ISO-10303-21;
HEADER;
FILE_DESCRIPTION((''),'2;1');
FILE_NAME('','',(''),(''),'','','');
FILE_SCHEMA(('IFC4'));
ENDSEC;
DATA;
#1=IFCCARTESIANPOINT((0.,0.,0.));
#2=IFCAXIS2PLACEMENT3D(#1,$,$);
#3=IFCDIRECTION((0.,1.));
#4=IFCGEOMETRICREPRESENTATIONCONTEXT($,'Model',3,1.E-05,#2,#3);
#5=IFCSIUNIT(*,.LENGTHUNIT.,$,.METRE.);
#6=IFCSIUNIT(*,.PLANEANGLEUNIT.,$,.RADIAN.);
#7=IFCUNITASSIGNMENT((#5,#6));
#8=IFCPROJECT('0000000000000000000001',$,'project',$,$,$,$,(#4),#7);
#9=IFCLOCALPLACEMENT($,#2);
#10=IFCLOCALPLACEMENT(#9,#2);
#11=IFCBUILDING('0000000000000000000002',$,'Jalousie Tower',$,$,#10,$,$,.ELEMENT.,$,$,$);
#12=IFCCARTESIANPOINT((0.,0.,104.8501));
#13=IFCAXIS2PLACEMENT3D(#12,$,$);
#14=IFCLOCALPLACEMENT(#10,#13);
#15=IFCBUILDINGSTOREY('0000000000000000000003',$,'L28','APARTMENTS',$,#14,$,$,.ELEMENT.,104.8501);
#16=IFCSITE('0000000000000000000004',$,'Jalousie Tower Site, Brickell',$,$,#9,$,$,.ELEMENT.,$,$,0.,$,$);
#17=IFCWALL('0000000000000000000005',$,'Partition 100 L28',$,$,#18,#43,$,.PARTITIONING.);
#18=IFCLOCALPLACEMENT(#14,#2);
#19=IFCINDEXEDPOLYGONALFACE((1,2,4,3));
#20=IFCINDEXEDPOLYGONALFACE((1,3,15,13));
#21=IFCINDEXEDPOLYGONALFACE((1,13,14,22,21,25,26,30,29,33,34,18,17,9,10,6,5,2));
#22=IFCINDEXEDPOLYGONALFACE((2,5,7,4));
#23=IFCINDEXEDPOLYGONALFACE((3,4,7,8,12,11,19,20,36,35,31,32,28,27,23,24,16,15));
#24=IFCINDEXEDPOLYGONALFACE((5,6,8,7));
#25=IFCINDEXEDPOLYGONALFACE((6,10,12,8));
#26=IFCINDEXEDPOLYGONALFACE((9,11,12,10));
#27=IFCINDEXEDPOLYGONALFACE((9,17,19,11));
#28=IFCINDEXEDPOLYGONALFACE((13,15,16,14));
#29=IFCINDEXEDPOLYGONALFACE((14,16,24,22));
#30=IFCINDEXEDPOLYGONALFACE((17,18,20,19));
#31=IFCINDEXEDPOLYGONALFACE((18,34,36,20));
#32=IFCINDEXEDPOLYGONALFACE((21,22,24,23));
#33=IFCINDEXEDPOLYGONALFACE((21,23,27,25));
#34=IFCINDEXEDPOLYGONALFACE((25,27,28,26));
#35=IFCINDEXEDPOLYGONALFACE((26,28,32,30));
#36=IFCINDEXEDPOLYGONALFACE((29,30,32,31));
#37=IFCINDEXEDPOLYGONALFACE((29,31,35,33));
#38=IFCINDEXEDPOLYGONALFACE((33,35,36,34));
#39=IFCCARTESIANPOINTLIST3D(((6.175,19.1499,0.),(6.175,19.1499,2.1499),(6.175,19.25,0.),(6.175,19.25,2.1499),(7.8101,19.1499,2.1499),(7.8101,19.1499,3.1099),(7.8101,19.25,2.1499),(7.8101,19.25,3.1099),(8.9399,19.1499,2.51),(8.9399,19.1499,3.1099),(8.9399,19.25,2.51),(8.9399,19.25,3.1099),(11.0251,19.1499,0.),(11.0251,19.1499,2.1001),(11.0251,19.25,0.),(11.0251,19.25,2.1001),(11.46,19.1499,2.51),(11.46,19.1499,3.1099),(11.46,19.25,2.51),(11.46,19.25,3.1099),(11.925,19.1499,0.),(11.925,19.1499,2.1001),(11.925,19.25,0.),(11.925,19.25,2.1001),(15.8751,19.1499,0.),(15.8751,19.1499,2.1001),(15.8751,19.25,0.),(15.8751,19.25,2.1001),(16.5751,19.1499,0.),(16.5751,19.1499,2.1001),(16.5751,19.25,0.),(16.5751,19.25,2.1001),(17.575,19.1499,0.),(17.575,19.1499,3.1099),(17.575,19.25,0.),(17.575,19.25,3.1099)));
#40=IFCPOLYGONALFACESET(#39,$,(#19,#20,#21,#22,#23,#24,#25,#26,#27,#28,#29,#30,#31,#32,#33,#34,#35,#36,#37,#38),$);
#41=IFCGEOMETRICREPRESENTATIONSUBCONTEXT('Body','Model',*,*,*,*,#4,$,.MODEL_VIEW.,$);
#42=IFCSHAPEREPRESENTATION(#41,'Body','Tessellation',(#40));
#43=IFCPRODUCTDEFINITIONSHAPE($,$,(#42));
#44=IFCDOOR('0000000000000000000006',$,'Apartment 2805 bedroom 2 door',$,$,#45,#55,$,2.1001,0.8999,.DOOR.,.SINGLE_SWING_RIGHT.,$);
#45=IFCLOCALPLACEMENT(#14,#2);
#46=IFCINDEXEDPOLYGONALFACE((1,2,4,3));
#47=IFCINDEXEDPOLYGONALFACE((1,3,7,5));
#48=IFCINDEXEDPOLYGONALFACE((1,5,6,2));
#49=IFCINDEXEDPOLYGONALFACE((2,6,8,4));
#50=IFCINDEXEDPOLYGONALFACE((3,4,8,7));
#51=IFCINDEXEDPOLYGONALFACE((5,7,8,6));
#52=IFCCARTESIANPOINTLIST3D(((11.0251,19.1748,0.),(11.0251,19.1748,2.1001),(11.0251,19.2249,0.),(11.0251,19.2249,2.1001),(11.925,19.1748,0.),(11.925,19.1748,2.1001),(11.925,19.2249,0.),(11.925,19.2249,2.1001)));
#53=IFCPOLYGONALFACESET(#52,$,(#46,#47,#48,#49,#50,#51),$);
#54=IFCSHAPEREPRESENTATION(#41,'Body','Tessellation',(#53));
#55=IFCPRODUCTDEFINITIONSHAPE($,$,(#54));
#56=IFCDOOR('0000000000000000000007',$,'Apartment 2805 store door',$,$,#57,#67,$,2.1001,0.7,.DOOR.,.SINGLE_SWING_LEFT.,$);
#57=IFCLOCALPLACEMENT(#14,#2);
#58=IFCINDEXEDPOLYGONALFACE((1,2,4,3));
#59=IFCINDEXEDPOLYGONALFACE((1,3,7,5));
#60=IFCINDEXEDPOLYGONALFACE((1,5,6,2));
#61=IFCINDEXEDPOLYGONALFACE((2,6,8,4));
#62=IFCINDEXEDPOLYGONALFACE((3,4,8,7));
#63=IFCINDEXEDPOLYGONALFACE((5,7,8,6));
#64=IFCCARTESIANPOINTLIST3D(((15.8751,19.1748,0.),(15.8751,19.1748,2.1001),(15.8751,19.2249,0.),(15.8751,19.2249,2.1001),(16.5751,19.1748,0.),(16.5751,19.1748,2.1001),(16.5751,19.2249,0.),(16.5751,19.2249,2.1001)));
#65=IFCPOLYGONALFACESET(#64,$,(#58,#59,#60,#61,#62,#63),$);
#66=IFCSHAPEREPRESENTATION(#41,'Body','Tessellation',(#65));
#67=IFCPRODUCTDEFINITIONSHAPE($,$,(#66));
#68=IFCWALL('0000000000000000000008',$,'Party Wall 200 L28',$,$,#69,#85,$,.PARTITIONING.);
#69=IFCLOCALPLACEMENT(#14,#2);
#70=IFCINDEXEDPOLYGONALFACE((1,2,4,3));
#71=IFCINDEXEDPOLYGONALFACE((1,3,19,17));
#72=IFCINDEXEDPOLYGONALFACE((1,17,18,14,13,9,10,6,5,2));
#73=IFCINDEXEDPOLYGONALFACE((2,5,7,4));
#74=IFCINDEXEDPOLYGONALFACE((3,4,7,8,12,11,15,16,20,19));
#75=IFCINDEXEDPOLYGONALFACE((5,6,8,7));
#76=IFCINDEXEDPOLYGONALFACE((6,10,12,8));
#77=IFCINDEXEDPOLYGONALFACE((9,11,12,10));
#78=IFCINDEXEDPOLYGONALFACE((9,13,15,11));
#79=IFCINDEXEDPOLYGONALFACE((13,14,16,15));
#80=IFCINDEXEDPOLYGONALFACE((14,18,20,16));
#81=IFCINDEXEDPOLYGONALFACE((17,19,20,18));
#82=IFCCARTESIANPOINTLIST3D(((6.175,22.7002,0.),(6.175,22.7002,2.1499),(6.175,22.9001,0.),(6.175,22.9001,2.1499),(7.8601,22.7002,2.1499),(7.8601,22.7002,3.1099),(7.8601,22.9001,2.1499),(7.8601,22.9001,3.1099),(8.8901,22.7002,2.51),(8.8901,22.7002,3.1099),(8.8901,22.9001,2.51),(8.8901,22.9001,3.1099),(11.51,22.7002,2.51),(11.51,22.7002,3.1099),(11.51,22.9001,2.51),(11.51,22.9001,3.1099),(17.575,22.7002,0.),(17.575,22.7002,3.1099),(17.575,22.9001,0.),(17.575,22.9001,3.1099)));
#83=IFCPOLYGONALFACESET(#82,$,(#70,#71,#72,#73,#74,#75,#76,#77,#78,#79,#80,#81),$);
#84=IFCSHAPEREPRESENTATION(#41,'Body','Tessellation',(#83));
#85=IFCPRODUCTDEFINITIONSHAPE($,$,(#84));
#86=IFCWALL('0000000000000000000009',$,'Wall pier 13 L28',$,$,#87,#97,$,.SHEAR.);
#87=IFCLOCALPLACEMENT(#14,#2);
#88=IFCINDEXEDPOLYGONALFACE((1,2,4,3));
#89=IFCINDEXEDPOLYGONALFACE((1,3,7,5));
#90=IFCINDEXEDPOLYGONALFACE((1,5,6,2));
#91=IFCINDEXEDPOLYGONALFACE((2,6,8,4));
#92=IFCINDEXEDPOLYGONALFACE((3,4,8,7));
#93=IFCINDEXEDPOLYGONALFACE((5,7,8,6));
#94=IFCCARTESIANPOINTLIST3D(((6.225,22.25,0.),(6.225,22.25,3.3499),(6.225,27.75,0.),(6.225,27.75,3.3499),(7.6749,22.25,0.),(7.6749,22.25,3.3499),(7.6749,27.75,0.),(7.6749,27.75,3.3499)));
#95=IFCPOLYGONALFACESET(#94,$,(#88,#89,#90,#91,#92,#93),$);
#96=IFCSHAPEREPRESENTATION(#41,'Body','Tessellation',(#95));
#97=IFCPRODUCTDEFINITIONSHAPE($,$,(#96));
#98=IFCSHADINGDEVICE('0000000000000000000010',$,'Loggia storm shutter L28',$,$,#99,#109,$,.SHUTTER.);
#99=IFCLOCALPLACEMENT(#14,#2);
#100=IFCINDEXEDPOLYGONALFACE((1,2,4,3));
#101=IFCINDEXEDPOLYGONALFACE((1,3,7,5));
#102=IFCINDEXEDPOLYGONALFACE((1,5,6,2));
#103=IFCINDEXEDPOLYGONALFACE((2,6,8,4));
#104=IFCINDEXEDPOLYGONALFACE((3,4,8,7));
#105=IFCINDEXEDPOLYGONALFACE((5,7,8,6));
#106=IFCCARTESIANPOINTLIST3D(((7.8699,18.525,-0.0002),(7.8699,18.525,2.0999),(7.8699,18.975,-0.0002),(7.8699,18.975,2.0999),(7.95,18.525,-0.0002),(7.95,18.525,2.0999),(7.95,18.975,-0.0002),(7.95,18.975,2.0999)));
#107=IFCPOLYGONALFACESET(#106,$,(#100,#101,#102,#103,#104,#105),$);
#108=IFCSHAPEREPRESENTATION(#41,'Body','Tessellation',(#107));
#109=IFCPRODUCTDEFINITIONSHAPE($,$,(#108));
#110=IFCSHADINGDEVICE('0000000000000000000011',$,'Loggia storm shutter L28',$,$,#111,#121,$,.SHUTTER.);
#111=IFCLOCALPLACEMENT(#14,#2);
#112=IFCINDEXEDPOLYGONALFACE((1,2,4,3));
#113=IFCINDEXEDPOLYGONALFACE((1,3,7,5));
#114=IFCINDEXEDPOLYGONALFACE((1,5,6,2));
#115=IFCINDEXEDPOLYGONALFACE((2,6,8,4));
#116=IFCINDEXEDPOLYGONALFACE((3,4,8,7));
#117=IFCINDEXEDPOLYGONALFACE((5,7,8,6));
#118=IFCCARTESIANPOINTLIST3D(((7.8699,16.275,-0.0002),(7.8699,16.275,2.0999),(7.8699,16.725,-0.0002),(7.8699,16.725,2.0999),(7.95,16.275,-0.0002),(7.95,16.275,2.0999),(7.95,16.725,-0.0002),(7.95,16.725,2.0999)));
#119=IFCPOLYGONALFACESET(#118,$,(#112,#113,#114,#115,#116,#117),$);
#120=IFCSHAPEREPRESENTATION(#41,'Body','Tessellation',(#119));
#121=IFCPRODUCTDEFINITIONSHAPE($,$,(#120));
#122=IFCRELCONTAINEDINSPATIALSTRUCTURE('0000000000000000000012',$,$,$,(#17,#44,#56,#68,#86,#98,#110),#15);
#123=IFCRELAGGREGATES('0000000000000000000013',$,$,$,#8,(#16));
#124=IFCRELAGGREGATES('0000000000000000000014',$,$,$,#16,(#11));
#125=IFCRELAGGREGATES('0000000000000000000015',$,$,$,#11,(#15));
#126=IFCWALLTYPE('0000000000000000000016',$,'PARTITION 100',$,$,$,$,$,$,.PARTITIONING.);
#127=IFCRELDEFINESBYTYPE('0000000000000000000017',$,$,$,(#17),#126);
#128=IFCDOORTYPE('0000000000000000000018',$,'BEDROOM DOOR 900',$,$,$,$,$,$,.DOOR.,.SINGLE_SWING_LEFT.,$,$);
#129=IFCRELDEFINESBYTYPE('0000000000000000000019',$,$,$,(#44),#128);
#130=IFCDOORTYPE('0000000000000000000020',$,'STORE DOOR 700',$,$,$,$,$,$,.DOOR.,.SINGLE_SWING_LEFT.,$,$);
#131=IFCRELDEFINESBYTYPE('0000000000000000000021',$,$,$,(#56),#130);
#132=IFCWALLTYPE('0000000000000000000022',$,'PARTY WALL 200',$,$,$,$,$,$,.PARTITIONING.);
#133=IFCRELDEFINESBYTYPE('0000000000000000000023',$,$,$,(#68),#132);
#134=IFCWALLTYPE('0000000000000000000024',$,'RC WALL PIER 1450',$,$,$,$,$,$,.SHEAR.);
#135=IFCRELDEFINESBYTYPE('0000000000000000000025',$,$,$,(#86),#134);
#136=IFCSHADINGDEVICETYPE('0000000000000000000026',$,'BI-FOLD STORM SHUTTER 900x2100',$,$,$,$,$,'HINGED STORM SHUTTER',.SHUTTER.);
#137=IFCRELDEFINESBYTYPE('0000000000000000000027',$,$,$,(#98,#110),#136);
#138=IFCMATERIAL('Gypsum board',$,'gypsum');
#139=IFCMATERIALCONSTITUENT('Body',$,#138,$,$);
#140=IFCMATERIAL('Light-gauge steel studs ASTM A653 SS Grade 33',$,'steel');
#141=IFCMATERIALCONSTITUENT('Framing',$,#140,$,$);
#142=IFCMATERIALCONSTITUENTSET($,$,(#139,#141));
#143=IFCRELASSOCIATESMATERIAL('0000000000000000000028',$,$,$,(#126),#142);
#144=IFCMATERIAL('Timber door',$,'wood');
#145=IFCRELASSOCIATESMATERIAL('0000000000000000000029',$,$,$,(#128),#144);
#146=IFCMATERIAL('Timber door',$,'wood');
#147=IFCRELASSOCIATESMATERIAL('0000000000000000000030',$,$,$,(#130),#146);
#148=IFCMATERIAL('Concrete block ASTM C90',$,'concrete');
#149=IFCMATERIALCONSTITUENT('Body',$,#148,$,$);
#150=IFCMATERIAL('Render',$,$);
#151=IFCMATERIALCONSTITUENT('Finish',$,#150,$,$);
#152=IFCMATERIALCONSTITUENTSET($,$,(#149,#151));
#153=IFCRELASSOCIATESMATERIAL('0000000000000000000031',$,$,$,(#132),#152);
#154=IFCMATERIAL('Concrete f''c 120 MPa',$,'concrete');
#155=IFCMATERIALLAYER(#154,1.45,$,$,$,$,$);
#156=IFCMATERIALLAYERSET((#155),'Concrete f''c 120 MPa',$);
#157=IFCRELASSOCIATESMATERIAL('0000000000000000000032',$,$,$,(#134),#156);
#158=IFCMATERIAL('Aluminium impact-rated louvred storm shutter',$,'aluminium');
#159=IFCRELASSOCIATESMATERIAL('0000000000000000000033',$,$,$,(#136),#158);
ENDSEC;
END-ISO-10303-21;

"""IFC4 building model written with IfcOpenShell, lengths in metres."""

from ifc_helpers import new_model, si_unit, direction, frame, frame_2d, origin, origin_2d, place, context, subcontext, project, spatial, polyline, rectangle, outline, extrude, material, layer, layer_set, constituent, constituent_set, type_object, element, fill, save


model = new_model("IFC4")

# Units and contexts
model_context = context("Model", 3, precision=1e-05, world=origin(), true_north=direction((0.0, 1.0)))
body_context = subcontext(model_context, "Body", "Model", "MODEL_VIEW")
ifc_project = project(units=[si_unit("LENGTHUNIT", "METRE"), si_unit("PLANEANGLEUNIT", "RADIAN")], contexts=[model_context])

# Site, building, storey
site_placement = place(None, origin())
site = spatial("IfcSite", under=ifc_project, at=site_placement, Name="Jalousie Tower Site, Brickell", CompositionType="ELEMENT", RefElevation=0.0)
building_placement = place(site_placement, origin())
building = spatial("IfcBuilding", under=site, at=building_placement, Name="Jalousie Tower", CompositionType="ELEMENT")
storey_placement = place(building_placement, frame((0.0, 0.0, 104.8501)))
storey = spatial("IfcBuildingStorey", under=building, at=storey_placement, Name="L28", Description="APARTMENTS", CompositionType="ELEMENT", Elevation=104.8501)

# Wall, openings, doors
ifc_material_1 = material(Name="Gypsum board", Category="gypsum")
ifc_constituent_1 = constituent(ifc_material_1, Name="Body")
ifc_material_2 = material(Name="Light-gauge steel studs ASTM A653 SS Grade 33", Category="steel")
ifc_constituent_2 = constituent(ifc_material_2, Name="Framing")
ifc_constituent_set_1 = constituent_set(constituents=[ifc_constituent_1, ifc_constituent_2])
wall_type_1 = type_object("IfcWallType", Name="PARTITION 100", PredefinedType="PARTITIONING", material=ifc_constituent_set_1)
wall_1_placement = place(storey_placement, frame((6.175, 19.2, 0.0), z_axis=(0.0, 0.0, 1.0), x_axis=(1.0, 0.0, 0.0)))
wall_1 = element("IfcWall", 1, at=wall_1_placement, inside=storey, type_object=wall_type_1, Name="Partition 100 L28", PredefinedType="PARTITIONING", context=body_context, shape_type="SweptSolid", body=[
    extrude(outline(polyline([(0.0, 0.0), (11.3999, 0.0), (11.3999, 3.1099), (5.2849, 3.1099), (5.2849, 2.51), (2.7649, 2.51), (2.7649, 3.1099), (1.635, 3.1099), (1.635, 2.1499), (0.0, 2.1499), (0.0, 3.1099), (0.0, 0.0)])), frame((0.0, 0.05, 0.0), z_axis=(0.0, -1.0, 0.0), x_axis=(1.0, 0.0, 0.0)), (0.0, 0.0, 1.0), 0.1001),
])
opening_1_placement = place(wall_1_placement, frame((4.8501, 0.0, 0.0)))
opening_1 = element("IfcOpeningElement", 2, at=opening_1_placement, cuts=wall_1, PredefinedType="OPENING", context=body_context, shape_type="SweptSolid", body=[
    extrude(rectangle(XDim=0.8999, YDim=2.1001, at=frame_2d((0.45, 1.05))), frame((0.0, 0.0601, 0.0), z_axis=(0.0, -1.0, 0.0), x_axis=(1.0, 0.0, 0.0)), (0.0, 0.0, 1.0), 0.1201),
])
opening_2_placement = place(wall_1_placement, frame((9.7, 0.0, 0.0)))
opening_2 = element("IfcOpeningElement", 3, at=opening_2_placement, cuts=wall_1, PredefinedType="OPENING", context=body_context, shape_type="SweptSolid", body=[
    extrude(rectangle(XDim=0.7, YDim=2.1001, at=frame_2d((0.3501, 1.05))), frame((0.0, 0.0601, 0.0), z_axis=(0.0, -1.0, 0.0), x_axis=(1.0, 0.0, 0.0)), (0.0, 0.0, 1.0), 0.1201),
])
ifc_material_3 = material(Name="Timber door", Category="wood")
door_type_1 = type_object("IfcDoorType", Name="BEDROOM DOOR 900", OperationType="SINGLE_SWING_LEFT", PredefinedType="DOOR", material=ifc_material_3)
door_1_placement = place(opening_1_placement, origin())
door_1 = element("IfcDoor", 4, at=door_1_placement, inside=storey, type_object=door_type_1, Name="Apartment 2805 bedroom 2 door", OperationType="SINGLE_SWING_RIGHT", OverallHeight=2.1001, OverallWidth=0.8999, PredefinedType="DOOR", context=body_context, shape_type="SweptSolid", body=[
    extrude(rectangle(XDim=0.8999, YDim=2.1001, at=frame_2d((0.45, 1.05))), frame((0.0, 0.0249, 0.0), z_axis=(0.0, -1.0, 0.0), x_axis=(1.0, 0.0, 0.0)), (0.0, 0.0, 1.0), 0.05),
])
fill(opening_1, door_1)
ifc_material_4 = material(Name="Timber door", Category="wood")
door_type_2 = type_object("IfcDoorType", Name="STORE DOOR 700", OperationType="SINGLE_SWING_LEFT", PredefinedType="DOOR", material=ifc_material_4)
door_2_placement = place(opening_2_placement, origin())
door_2 = element("IfcDoor", 5, at=door_2_placement, inside=storey, type_object=door_type_2, Name="Apartment 2805 store door", OperationType="SINGLE_SWING_LEFT", OverallHeight=2.1001, OverallWidth=0.7, PredefinedType="DOOR", context=body_context, shape_type="SweptSolid", body=[
    extrude(rectangle(XDim=0.7, YDim=2.1001, at=frame_2d((0.3501, 1.05))), frame((0.0, 0.0249, 0.0), z_axis=(0.0, -1.0, 0.0), x_axis=(1.0, 0.0, 0.0)), (0.0, 0.0, 1.0), 0.05),
])
fill(opening_2, door_2)

# Walls
ifc_material_5 = material(Name="Concrete block ASTM C90", Category="concrete")
ifc_constituent_3 = constituent(ifc_material_5, Name="Body")
ifc_material_6 = material(Name="Render")
ifc_constituent_4 = constituent(ifc_material_6, Name="Finish")
ifc_constituent_set_2 = constituent_set(constituents=[ifc_constituent_3, ifc_constituent_4])
wall_type_2 = type_object("IfcWallType", Name="PARTY WALL 200", PredefinedType="PARTITIONING", material=ifc_constituent_set_2)
wall_2_placement = place(storey_placement, frame((6.175, 22.8, 0.0), z_axis=(0.0, 0.0, 1.0), x_axis=(1.0, 0.0, 0.0)))
element("IfcWall", 6, at=wall_2_placement, inside=storey, type_object=wall_type_2, Name="Party Wall 200 L28", PredefinedType="PARTITIONING", context=body_context, shape_type="SweptSolid", body=[
    extrude(outline(polyline([(0.0, 0.0), (11.3999, 0.0), (11.3999, 3.1099), (5.335, 3.1099), (5.335, 2.51), (2.7151, 2.51), (2.7151, 3.1099), (1.6851, 3.1099), (1.6851, 2.1499), (0.0, 2.1499), (0.0, 0.0)])), frame((0.0, 0.1001, 0.0), z_axis=(0.0, -1.0, 0.0), x_axis=(1.0, 0.0, 0.0)), (0.0, 0.0, 1.0), 0.2),
])
ifc_material_7 = material(Name="Concrete f'c 120 MPa", Category="concrete")
ifc_layer_1 = layer(ifc_material_7, 1.45)
ifc_layer_set_1 = layer_set([ifc_layer_1], Name="Concrete f'c 120 MPa")
wall_type_3 = type_object("IfcWallType", Name="RC WALL PIER 1450", PredefinedType="SHEAR", material=ifc_layer_set_1)
wall_3_placement = place(storey_placement, frame((6.95, 22.25, 0.0), z_axis=(0.0, 0.0, 1.0), x_axis=(0.0, 1.0, 0.0)))
element("IfcWall", 7, at=wall_3_placement, inside=storey, type_object=wall_type_3, Name="Wall pier 13 L28", PredefinedType="SHEAR", context=body_context, shape_type="SweptSolid", body=[
    extrude(rectangle(XDim=5.5, YDim=1.45, at=frame_2d((2.75, 0.0))), origin(), (0.0, 0.0, 1.0), 3.3499),
])

# Shading devices
ifc_material_8 = material(Name="Aluminium impact-rated louvred storm shutter", Category="aluminium")
shading_device_type_1 = type_object("IfcShadingDeviceType", Name="BI-FOLD STORM SHUTTER 900x2100", ElementType="HINGED STORM SHUTTER", PredefinedType="SHUTTER", material=ifc_material_8)
for number, where, z_axis, x_axis, name in (
    (8, (7.9099, 18.75, -0.0002), (0.0, 0.0, 1.0), (0.0, -1.0, 0.0), "Loggia storm shutter L28"),
    (9, (7.9099, 16.5, -0.0002), (0.0, 0.0, 1.0), (0.0, -1.0, 0.0), "Loggia storm shutter L28"),
):
    element("IfcShadingDevice", number, at=place(storey_placement, frame(where, z_axis=z_axis, x_axis=x_axis)), inside=storey, type_object=shading_device_type_1, Name=name, PredefinedType="SHUTTER", context=body_context, shape_type="SweptSolid", body=[
        extrude(rectangle(XDim=0.45, YDim=0.0801, at=origin_2d()), origin(), (0.0, 0.0, 1.0), 2.1001),
    ])

save(model, "model.ifc")
